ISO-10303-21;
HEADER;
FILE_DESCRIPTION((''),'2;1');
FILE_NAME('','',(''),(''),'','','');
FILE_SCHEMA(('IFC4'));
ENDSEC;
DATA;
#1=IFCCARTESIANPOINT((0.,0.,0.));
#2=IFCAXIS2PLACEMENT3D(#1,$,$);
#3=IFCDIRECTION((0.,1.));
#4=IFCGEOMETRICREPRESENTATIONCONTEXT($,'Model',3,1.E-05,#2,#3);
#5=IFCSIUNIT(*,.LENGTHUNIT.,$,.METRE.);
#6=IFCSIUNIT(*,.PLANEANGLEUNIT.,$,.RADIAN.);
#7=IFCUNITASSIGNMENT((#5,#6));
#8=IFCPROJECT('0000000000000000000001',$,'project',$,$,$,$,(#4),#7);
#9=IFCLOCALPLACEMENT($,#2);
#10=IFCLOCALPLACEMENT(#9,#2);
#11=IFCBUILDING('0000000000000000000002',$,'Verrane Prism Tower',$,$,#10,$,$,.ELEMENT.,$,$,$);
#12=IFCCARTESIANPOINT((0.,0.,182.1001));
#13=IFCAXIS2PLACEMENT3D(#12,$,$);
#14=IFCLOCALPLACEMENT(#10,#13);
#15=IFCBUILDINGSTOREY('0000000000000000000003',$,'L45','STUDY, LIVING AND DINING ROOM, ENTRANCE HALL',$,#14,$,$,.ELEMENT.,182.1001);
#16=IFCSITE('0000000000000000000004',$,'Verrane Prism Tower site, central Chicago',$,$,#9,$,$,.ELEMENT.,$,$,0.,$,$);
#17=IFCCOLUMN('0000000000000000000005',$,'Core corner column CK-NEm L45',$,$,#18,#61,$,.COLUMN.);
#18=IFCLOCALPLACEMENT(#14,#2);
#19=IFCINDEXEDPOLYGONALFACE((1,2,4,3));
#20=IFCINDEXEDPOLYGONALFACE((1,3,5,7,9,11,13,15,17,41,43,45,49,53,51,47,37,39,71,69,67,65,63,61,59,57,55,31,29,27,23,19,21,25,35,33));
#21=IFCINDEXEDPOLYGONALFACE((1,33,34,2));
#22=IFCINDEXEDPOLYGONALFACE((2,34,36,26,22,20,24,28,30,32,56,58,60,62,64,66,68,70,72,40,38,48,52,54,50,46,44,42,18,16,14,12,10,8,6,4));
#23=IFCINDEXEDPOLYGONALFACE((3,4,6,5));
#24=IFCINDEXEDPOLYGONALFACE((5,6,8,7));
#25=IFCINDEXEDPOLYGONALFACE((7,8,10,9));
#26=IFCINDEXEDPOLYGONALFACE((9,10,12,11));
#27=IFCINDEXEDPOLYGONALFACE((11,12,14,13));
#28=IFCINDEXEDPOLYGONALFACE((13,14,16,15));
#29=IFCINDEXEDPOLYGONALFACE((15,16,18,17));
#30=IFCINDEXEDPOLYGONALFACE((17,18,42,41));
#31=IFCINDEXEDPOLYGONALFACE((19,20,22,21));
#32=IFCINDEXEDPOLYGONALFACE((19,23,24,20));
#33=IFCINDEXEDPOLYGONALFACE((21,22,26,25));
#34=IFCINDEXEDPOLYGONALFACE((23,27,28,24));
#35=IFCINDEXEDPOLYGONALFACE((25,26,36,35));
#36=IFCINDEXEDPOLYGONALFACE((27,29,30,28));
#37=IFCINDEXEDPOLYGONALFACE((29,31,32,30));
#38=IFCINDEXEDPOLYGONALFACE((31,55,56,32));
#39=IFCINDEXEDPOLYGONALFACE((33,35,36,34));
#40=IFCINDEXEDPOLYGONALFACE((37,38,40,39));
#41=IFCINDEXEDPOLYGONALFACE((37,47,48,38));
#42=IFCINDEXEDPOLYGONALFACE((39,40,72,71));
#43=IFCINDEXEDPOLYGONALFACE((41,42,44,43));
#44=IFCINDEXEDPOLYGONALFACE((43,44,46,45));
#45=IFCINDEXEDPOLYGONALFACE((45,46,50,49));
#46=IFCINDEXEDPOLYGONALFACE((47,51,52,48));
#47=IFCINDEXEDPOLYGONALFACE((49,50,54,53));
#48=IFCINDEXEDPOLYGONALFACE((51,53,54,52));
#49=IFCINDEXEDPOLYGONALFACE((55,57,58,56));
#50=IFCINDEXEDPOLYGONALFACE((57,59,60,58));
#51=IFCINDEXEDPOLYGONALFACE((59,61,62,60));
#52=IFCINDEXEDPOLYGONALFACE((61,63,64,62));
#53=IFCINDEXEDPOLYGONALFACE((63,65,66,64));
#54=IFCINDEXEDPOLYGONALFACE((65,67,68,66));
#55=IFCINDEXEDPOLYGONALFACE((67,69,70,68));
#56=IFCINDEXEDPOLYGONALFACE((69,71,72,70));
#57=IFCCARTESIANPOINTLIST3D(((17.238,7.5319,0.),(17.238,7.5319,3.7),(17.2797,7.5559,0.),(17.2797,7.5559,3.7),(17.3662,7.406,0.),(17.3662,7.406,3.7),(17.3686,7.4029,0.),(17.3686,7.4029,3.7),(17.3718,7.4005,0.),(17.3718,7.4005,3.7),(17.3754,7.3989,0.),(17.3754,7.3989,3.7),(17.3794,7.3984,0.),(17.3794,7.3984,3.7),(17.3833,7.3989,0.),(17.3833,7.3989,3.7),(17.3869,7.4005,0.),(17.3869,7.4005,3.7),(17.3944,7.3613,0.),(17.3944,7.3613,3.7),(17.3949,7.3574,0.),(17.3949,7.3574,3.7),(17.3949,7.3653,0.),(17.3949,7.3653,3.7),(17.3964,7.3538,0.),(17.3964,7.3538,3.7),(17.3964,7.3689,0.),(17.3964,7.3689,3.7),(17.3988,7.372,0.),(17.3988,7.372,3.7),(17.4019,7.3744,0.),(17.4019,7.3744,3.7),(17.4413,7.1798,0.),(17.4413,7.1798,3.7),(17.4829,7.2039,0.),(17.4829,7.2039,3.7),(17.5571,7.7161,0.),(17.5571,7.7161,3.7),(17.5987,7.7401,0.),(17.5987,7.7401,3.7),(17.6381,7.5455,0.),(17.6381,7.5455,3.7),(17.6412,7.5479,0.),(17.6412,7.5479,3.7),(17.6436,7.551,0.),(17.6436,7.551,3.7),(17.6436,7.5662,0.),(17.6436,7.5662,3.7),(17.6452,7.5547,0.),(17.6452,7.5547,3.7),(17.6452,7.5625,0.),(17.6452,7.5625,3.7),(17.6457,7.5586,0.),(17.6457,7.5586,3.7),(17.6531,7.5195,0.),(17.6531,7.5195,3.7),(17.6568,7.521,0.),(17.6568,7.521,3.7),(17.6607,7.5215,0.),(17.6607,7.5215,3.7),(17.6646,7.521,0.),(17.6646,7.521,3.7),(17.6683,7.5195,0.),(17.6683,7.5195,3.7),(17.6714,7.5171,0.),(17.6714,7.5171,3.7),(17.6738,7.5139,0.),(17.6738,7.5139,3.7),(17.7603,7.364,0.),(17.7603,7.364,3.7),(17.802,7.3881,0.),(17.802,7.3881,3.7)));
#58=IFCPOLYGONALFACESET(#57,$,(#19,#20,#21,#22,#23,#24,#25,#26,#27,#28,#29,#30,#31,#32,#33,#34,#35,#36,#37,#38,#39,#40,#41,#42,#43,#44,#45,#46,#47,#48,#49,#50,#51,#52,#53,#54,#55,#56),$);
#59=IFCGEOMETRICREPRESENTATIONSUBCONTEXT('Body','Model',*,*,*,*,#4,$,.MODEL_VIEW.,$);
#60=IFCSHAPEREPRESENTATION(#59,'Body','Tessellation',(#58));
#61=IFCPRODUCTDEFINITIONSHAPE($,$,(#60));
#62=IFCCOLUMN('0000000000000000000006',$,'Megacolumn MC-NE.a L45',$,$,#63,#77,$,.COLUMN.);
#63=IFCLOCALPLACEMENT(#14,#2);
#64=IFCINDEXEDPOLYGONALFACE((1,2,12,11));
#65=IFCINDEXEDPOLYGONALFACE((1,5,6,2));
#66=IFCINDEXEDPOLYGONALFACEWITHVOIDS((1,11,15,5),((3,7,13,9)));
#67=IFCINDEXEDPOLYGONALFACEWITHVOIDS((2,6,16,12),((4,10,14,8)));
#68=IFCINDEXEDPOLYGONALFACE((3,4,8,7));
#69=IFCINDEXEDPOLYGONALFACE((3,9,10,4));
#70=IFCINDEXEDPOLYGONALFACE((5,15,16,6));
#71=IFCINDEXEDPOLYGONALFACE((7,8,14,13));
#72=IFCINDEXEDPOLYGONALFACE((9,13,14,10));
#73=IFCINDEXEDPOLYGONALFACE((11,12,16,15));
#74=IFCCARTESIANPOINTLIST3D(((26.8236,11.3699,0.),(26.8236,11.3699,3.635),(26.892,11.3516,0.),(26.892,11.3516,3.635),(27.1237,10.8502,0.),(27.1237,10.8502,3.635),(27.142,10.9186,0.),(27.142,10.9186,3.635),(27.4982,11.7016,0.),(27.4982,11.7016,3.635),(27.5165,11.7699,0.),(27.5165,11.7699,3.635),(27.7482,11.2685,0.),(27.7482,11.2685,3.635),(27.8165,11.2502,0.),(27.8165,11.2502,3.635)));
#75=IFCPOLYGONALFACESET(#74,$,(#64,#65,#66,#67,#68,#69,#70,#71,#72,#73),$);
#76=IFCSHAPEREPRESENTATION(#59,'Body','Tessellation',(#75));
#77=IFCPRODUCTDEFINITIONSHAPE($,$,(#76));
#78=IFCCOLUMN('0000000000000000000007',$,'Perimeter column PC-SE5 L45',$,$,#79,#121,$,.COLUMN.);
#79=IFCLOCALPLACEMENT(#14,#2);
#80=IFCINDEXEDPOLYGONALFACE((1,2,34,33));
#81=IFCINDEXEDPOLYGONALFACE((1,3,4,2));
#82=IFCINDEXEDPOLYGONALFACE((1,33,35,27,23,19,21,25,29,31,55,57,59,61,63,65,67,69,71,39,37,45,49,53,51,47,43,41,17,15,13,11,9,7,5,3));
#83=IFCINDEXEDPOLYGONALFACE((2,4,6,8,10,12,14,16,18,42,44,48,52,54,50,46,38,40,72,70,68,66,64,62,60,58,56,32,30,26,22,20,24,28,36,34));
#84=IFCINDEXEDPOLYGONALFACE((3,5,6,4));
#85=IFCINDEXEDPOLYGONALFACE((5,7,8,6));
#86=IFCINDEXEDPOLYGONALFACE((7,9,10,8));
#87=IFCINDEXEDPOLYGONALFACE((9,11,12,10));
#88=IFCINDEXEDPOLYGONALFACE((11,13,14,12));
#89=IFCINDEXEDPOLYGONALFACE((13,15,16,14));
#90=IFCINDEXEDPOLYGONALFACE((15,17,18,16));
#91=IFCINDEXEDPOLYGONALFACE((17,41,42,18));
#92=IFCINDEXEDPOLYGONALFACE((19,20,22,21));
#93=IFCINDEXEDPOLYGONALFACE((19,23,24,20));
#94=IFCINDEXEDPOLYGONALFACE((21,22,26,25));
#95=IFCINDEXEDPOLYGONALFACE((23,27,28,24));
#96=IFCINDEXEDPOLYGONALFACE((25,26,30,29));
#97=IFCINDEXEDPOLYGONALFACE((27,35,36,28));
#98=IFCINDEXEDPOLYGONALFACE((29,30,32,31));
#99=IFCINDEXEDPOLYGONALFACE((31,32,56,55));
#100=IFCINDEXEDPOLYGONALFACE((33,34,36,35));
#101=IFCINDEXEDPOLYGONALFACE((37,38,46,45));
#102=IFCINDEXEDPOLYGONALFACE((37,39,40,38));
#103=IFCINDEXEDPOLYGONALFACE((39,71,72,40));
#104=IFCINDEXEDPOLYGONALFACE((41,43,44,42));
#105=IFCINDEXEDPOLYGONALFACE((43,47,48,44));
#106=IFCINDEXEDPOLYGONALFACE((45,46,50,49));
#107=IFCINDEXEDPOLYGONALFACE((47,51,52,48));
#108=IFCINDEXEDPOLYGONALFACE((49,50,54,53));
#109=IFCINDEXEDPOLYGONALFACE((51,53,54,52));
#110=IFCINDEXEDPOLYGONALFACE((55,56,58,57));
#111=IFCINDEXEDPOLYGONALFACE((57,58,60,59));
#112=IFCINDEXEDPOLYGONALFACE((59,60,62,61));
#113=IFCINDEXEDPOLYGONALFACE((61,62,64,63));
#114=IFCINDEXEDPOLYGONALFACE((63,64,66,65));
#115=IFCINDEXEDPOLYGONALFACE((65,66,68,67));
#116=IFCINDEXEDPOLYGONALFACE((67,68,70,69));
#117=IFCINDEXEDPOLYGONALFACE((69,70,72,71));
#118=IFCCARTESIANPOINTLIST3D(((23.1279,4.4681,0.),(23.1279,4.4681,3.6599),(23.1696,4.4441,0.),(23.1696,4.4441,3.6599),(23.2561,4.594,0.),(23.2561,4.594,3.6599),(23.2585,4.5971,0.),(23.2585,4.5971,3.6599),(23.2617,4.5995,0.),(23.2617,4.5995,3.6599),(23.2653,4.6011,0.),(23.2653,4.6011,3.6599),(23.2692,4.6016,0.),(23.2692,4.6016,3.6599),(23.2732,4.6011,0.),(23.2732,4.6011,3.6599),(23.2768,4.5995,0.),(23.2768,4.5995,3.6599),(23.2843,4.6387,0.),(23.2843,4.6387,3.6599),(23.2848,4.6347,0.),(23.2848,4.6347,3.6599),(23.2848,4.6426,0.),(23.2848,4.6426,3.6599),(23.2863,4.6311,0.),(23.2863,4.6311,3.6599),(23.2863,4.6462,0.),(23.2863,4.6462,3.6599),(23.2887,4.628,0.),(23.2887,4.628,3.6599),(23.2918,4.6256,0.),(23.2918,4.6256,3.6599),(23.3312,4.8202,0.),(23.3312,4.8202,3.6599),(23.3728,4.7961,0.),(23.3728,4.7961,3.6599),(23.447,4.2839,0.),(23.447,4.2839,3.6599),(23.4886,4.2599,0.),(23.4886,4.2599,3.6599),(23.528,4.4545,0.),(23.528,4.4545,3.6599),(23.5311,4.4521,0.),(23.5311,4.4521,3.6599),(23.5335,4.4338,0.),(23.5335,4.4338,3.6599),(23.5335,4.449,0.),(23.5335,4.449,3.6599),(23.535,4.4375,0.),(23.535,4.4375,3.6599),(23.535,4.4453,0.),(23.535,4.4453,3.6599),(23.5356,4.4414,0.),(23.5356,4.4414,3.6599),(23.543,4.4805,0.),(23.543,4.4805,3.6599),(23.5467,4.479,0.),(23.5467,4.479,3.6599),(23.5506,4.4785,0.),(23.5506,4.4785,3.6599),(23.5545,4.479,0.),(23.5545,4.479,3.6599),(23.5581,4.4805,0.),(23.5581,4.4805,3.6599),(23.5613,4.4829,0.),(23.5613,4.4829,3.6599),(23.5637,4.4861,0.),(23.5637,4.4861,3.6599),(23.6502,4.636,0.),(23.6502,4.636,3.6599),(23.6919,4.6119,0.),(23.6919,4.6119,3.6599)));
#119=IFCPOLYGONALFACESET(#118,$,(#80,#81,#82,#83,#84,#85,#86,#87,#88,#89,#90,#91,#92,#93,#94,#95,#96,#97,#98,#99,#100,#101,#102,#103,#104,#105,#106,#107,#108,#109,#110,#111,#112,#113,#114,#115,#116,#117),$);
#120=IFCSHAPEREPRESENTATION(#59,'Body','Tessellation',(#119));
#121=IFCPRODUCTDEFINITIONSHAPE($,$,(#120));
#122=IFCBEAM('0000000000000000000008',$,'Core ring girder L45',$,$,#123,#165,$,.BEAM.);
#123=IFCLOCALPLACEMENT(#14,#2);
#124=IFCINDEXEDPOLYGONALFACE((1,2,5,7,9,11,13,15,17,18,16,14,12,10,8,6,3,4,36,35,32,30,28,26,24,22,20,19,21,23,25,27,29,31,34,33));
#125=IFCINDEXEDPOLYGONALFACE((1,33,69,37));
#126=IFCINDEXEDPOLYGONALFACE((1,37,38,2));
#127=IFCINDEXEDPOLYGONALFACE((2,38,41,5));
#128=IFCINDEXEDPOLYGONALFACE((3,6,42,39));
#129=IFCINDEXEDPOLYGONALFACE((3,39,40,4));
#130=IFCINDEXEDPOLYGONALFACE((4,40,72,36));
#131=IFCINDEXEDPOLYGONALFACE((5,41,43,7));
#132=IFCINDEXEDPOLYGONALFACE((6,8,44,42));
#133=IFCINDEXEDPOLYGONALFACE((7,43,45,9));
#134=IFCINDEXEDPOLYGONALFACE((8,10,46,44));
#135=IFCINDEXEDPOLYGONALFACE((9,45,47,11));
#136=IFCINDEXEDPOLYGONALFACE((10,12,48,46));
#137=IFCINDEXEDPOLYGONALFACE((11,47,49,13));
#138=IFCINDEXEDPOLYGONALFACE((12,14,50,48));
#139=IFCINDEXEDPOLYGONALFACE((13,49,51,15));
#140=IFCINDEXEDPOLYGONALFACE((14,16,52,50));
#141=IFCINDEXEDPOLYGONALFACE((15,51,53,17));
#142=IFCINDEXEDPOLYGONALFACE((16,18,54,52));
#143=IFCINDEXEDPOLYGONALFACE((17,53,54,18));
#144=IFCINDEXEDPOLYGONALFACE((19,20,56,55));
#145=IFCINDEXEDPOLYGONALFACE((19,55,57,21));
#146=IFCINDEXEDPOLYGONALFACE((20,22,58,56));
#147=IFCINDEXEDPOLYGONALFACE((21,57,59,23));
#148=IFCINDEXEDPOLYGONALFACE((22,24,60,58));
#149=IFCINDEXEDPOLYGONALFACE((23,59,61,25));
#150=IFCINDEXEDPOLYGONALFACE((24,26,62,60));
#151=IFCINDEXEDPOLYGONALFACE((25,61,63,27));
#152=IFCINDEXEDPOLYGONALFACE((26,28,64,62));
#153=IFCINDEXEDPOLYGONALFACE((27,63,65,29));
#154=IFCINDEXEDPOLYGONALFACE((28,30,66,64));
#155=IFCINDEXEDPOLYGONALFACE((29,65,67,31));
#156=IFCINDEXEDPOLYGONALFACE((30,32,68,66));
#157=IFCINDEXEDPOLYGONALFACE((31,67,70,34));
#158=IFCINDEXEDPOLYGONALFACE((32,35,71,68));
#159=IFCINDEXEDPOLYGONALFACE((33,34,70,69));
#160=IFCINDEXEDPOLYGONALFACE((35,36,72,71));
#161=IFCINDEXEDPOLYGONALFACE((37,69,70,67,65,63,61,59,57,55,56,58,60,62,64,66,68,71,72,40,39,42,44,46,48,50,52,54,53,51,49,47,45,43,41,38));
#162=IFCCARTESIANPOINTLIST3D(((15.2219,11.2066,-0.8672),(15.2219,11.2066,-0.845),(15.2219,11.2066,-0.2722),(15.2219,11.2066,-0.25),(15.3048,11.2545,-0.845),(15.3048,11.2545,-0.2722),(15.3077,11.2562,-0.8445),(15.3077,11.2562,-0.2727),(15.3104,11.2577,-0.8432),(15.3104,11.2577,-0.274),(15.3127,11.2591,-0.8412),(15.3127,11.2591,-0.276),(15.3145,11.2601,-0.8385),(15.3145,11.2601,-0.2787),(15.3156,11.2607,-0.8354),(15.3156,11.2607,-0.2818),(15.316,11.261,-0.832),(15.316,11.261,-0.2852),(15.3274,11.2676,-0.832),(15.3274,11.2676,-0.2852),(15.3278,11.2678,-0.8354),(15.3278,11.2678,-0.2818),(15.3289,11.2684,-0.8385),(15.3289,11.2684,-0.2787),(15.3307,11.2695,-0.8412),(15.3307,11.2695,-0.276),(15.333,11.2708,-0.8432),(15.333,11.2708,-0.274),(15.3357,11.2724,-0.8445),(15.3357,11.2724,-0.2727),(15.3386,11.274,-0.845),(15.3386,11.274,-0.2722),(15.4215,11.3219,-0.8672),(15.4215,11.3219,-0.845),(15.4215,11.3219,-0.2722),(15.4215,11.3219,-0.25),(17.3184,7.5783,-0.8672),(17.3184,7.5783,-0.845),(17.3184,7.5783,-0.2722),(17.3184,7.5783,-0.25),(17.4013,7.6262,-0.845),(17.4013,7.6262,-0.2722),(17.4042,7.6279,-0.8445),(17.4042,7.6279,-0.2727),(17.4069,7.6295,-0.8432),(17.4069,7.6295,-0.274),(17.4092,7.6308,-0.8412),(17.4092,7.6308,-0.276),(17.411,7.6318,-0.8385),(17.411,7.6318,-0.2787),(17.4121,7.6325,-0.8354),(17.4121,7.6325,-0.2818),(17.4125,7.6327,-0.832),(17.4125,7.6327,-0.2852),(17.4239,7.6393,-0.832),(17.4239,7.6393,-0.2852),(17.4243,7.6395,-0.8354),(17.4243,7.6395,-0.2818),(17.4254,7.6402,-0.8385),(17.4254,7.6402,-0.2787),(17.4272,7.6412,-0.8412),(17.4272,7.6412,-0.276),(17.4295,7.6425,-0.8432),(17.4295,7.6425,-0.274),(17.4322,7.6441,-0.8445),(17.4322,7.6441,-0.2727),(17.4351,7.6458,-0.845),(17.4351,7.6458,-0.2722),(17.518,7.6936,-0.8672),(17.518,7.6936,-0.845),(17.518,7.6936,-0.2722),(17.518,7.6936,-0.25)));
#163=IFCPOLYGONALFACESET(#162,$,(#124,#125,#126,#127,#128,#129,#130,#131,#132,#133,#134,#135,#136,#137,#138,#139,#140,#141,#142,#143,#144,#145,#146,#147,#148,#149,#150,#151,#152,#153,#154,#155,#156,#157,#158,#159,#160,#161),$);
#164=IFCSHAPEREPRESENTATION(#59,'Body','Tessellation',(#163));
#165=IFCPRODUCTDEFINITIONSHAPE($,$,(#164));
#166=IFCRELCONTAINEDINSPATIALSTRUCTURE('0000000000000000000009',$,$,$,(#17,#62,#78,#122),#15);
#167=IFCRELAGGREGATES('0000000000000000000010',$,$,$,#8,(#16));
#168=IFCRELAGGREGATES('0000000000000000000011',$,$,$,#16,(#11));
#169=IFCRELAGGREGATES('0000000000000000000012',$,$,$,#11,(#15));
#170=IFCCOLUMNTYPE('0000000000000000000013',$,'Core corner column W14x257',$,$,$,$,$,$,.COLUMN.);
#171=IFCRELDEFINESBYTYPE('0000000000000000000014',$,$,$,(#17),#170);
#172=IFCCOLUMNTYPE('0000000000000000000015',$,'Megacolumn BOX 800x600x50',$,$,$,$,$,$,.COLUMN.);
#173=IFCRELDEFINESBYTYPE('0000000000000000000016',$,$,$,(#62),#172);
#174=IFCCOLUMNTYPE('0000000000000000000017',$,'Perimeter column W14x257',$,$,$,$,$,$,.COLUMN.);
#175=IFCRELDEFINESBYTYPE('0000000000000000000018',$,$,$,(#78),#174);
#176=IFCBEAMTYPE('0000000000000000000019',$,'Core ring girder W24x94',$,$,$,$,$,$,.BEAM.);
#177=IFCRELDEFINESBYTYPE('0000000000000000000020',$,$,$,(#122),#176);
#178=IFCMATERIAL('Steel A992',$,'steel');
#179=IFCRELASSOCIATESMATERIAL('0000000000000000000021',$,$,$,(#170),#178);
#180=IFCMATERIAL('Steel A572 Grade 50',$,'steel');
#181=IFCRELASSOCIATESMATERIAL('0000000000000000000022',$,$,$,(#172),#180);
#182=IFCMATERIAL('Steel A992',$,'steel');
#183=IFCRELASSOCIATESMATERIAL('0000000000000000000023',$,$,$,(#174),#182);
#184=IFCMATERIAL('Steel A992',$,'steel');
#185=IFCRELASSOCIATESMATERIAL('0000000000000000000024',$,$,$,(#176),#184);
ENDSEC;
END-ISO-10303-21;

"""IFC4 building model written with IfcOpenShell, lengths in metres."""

from ifc_helpers import new_model, si_unit, direction, frame, origin, origin_2d, place, context, subcontext, project, spatial, hollow_rectangle, i_section, extrude, material, material_profile, profile_set, type_object, element, save


model = new_model("IFC4")

# Units and contexts
model_context = context("Model", 3, precision=1e-05, world=origin(), true_north=direction((0.0, 1.0)))
body_context = subcontext(model_context, "Body", "Model", "MODEL_VIEW")
ifc_project = project(units=[si_unit("LENGTHUNIT", "METRE"), si_unit("PLANEANGLEUNIT", "RADIAN")], contexts=[model_context])

# Site, building, storey
site_placement = place(None, origin())
site = spatial("IfcSite", under=ifc_project, at=site_placement, Name="Verrane Prism Tower site, central Chicago", CompositionType="ELEMENT", RefElevation=0.0)
building_placement = place(site_placement, origin())
building = spatial("IfcBuilding", under=site, at=building_placement, Name="Verrane Prism Tower", CompositionType="ELEMENT")
storey_placement = place(building_placement, frame((0.0, 0.0, 182.1001)))
storey = spatial("IfcBuildingStorey", under=building, at=storey_placement, Name="L45", Description="STUDY, LIVING AND DINING ROOM, ENTRANCE HALL", CompositionType="ELEMENT", Elevation=182.1001)

# Columns
ifc_material_1 = material(Name="Steel A992", Category="steel")
ifc_material_profile_1 = material_profile(ifc_material_1, i_section(OverallWidth=0.4065, OverallDepth=0.4165, WebThickness=0.03, FlangeThickness=0.0481, FilletRadius=0.0151, at=origin_2d()), Name="W14x257")
ifc_profile_set_1 = profile_set([ifc_material_profile_1], Name="Steel A992")
column_type_1 = type_object("IfcColumnType", Name="Core corner column W14x257", PredefinedType="COLUMN", material=ifc_profile_set_1)
column_1_placement = place(storey_placement, frame((17.52, 7.46, 0.0), z_axis=(0.0, 0.0, 1.0), x_axis=(0.5, -0.866025, 0.0)))
element("IfcColumn", 1, at=column_1_placement, inside=storey, type_object=column_type_1, Name="Core corner column CK-NEm L45", PredefinedType="COLUMN", context=body_context, shape_type="SweptSolid", body=[
    extrude(i_section(OverallWidth=0.4065, OverallDepth=0.4165, WebThickness=0.03, FlangeThickness=0.0481, FilletRadius=0.0151, at=origin_2d()), origin(), (0.0, 0.0, 1.0), 3.7),
])
ifc_material_2 = material(Name="Steel A572 Grade 50", Category="steel")
ifc_material_profile_2 = material_profile(ifc_material_2, hollow_rectangle(XDim=0.6001, YDim=0.8, WallThickness=0.05, at=origin_2d()), Name="BOX 800x600x50")
ifc_profile_set_2 = profile_set([ifc_material_profile_2], Name="Steel A572 Grade 50")
column_type_2 = type_object("IfcColumnType", Name="Megacolumn BOX 800x600x50", PredefinedType="COLUMN", material=ifc_profile_set_2)
column_2_placement = place(storey_placement, frame((27.3201, 11.3101, 0.0), z_axis=(0.0, 0.0, 1.0), x_axis=(0.5, -0.866025, 0.0)))
element("IfcColumn", 2, at=column_2_placement, inside=storey, type_object=column_type_2, Name="Megacolumn MC-NE.a L45", PredefinedType="COLUMN", context=body_context, shape_type="SweptSolid", body=[
    extrude(hollow_rectangle(XDim=0.6001, YDim=0.8, WallThickness=0.05, at=origin_2d()), origin(), (0.0, 0.0, 1.0), 3.635),
])
ifc_material_3 = material(Name="Steel A992", Category="steel")
ifc_material_profile_3 = material_profile(ifc_material_3, i_section(OverallWidth=0.4065, OverallDepth=0.4165, WebThickness=0.03, FlangeThickness=0.0481, FilletRadius=0.0151, at=origin_2d()), Name="W14x257")
ifc_profile_set_3 = profile_set([ifc_material_profile_3], Name="Steel A992")
column_type_3 = type_object("IfcColumnType", Name="Perimeter column W14x257", PredefinedType="COLUMN", material=ifc_profile_set_3)
column_3_placement = place(storey_placement, frame((23.4099, 4.54, 0.0), z_axis=(0.0, 0.0, 1.0), x_axis=(-0.5, -0.866025, 0.0)))
element("IfcColumn", 3, at=column_3_placement, inside=storey, type_object=column_type_3, Name="Perimeter column PC-SE5 L45", PredefinedType="COLUMN", context=body_context, shape_type="SweptSolid", body=[
    extrude(i_section(OverallWidth=0.4065, OverallDepth=0.4165, WebThickness=0.03, FlangeThickness=0.0481, FilletRadius=0.0151, at=origin_2d()), origin(), (0.0, 0.0, 1.0), 3.6599),
])

# Beam
ifc_material_4 = material(Name="Steel A992", Category="steel")
ifc_material_profile_4 = material_profile(ifc_material_4, i_section(OverallWidth=0.2305, OverallDepth=0.6172, WebThickness=0.0132, FlangeThickness=0.0222, FilletRadius=0.0129, at=origin_2d()), Name="W24x94")
ifc_profile_set_4 = profile_set([ifc_material_profile_4], Name="Steel A992")
beam_type_1 = type_object("IfcBeamType", Name="Core ring girder W24x94", PredefinedType="BEAM", material=ifc_profile_set_4)
beam_1_placement = place(storey_placement, frame((17.4182, 7.636, -0.5586), z_axis=(-0.500306, 0.865849, 0.0), x_axis=(-0.865849, -0.500306, 0.0)))
element("IfcBeam", 4, at=beam_1_placement, inside=storey, type_object=beam_type_1, Name="Core ring girder L45", PredefinedType="BEAM", context=body_context, shape_type="SweptSolid", body=[
    extrude(i_section(OverallWidth=0.2305, OverallDepth=0.6172, WebThickness=0.0132, FlangeThickness=0.0222, FilletRadius=0.0129, at=origin_2d()), origin(), (0.0, 0.0, 1.0), 4.1904),
])

save(model, "model.ifc")
